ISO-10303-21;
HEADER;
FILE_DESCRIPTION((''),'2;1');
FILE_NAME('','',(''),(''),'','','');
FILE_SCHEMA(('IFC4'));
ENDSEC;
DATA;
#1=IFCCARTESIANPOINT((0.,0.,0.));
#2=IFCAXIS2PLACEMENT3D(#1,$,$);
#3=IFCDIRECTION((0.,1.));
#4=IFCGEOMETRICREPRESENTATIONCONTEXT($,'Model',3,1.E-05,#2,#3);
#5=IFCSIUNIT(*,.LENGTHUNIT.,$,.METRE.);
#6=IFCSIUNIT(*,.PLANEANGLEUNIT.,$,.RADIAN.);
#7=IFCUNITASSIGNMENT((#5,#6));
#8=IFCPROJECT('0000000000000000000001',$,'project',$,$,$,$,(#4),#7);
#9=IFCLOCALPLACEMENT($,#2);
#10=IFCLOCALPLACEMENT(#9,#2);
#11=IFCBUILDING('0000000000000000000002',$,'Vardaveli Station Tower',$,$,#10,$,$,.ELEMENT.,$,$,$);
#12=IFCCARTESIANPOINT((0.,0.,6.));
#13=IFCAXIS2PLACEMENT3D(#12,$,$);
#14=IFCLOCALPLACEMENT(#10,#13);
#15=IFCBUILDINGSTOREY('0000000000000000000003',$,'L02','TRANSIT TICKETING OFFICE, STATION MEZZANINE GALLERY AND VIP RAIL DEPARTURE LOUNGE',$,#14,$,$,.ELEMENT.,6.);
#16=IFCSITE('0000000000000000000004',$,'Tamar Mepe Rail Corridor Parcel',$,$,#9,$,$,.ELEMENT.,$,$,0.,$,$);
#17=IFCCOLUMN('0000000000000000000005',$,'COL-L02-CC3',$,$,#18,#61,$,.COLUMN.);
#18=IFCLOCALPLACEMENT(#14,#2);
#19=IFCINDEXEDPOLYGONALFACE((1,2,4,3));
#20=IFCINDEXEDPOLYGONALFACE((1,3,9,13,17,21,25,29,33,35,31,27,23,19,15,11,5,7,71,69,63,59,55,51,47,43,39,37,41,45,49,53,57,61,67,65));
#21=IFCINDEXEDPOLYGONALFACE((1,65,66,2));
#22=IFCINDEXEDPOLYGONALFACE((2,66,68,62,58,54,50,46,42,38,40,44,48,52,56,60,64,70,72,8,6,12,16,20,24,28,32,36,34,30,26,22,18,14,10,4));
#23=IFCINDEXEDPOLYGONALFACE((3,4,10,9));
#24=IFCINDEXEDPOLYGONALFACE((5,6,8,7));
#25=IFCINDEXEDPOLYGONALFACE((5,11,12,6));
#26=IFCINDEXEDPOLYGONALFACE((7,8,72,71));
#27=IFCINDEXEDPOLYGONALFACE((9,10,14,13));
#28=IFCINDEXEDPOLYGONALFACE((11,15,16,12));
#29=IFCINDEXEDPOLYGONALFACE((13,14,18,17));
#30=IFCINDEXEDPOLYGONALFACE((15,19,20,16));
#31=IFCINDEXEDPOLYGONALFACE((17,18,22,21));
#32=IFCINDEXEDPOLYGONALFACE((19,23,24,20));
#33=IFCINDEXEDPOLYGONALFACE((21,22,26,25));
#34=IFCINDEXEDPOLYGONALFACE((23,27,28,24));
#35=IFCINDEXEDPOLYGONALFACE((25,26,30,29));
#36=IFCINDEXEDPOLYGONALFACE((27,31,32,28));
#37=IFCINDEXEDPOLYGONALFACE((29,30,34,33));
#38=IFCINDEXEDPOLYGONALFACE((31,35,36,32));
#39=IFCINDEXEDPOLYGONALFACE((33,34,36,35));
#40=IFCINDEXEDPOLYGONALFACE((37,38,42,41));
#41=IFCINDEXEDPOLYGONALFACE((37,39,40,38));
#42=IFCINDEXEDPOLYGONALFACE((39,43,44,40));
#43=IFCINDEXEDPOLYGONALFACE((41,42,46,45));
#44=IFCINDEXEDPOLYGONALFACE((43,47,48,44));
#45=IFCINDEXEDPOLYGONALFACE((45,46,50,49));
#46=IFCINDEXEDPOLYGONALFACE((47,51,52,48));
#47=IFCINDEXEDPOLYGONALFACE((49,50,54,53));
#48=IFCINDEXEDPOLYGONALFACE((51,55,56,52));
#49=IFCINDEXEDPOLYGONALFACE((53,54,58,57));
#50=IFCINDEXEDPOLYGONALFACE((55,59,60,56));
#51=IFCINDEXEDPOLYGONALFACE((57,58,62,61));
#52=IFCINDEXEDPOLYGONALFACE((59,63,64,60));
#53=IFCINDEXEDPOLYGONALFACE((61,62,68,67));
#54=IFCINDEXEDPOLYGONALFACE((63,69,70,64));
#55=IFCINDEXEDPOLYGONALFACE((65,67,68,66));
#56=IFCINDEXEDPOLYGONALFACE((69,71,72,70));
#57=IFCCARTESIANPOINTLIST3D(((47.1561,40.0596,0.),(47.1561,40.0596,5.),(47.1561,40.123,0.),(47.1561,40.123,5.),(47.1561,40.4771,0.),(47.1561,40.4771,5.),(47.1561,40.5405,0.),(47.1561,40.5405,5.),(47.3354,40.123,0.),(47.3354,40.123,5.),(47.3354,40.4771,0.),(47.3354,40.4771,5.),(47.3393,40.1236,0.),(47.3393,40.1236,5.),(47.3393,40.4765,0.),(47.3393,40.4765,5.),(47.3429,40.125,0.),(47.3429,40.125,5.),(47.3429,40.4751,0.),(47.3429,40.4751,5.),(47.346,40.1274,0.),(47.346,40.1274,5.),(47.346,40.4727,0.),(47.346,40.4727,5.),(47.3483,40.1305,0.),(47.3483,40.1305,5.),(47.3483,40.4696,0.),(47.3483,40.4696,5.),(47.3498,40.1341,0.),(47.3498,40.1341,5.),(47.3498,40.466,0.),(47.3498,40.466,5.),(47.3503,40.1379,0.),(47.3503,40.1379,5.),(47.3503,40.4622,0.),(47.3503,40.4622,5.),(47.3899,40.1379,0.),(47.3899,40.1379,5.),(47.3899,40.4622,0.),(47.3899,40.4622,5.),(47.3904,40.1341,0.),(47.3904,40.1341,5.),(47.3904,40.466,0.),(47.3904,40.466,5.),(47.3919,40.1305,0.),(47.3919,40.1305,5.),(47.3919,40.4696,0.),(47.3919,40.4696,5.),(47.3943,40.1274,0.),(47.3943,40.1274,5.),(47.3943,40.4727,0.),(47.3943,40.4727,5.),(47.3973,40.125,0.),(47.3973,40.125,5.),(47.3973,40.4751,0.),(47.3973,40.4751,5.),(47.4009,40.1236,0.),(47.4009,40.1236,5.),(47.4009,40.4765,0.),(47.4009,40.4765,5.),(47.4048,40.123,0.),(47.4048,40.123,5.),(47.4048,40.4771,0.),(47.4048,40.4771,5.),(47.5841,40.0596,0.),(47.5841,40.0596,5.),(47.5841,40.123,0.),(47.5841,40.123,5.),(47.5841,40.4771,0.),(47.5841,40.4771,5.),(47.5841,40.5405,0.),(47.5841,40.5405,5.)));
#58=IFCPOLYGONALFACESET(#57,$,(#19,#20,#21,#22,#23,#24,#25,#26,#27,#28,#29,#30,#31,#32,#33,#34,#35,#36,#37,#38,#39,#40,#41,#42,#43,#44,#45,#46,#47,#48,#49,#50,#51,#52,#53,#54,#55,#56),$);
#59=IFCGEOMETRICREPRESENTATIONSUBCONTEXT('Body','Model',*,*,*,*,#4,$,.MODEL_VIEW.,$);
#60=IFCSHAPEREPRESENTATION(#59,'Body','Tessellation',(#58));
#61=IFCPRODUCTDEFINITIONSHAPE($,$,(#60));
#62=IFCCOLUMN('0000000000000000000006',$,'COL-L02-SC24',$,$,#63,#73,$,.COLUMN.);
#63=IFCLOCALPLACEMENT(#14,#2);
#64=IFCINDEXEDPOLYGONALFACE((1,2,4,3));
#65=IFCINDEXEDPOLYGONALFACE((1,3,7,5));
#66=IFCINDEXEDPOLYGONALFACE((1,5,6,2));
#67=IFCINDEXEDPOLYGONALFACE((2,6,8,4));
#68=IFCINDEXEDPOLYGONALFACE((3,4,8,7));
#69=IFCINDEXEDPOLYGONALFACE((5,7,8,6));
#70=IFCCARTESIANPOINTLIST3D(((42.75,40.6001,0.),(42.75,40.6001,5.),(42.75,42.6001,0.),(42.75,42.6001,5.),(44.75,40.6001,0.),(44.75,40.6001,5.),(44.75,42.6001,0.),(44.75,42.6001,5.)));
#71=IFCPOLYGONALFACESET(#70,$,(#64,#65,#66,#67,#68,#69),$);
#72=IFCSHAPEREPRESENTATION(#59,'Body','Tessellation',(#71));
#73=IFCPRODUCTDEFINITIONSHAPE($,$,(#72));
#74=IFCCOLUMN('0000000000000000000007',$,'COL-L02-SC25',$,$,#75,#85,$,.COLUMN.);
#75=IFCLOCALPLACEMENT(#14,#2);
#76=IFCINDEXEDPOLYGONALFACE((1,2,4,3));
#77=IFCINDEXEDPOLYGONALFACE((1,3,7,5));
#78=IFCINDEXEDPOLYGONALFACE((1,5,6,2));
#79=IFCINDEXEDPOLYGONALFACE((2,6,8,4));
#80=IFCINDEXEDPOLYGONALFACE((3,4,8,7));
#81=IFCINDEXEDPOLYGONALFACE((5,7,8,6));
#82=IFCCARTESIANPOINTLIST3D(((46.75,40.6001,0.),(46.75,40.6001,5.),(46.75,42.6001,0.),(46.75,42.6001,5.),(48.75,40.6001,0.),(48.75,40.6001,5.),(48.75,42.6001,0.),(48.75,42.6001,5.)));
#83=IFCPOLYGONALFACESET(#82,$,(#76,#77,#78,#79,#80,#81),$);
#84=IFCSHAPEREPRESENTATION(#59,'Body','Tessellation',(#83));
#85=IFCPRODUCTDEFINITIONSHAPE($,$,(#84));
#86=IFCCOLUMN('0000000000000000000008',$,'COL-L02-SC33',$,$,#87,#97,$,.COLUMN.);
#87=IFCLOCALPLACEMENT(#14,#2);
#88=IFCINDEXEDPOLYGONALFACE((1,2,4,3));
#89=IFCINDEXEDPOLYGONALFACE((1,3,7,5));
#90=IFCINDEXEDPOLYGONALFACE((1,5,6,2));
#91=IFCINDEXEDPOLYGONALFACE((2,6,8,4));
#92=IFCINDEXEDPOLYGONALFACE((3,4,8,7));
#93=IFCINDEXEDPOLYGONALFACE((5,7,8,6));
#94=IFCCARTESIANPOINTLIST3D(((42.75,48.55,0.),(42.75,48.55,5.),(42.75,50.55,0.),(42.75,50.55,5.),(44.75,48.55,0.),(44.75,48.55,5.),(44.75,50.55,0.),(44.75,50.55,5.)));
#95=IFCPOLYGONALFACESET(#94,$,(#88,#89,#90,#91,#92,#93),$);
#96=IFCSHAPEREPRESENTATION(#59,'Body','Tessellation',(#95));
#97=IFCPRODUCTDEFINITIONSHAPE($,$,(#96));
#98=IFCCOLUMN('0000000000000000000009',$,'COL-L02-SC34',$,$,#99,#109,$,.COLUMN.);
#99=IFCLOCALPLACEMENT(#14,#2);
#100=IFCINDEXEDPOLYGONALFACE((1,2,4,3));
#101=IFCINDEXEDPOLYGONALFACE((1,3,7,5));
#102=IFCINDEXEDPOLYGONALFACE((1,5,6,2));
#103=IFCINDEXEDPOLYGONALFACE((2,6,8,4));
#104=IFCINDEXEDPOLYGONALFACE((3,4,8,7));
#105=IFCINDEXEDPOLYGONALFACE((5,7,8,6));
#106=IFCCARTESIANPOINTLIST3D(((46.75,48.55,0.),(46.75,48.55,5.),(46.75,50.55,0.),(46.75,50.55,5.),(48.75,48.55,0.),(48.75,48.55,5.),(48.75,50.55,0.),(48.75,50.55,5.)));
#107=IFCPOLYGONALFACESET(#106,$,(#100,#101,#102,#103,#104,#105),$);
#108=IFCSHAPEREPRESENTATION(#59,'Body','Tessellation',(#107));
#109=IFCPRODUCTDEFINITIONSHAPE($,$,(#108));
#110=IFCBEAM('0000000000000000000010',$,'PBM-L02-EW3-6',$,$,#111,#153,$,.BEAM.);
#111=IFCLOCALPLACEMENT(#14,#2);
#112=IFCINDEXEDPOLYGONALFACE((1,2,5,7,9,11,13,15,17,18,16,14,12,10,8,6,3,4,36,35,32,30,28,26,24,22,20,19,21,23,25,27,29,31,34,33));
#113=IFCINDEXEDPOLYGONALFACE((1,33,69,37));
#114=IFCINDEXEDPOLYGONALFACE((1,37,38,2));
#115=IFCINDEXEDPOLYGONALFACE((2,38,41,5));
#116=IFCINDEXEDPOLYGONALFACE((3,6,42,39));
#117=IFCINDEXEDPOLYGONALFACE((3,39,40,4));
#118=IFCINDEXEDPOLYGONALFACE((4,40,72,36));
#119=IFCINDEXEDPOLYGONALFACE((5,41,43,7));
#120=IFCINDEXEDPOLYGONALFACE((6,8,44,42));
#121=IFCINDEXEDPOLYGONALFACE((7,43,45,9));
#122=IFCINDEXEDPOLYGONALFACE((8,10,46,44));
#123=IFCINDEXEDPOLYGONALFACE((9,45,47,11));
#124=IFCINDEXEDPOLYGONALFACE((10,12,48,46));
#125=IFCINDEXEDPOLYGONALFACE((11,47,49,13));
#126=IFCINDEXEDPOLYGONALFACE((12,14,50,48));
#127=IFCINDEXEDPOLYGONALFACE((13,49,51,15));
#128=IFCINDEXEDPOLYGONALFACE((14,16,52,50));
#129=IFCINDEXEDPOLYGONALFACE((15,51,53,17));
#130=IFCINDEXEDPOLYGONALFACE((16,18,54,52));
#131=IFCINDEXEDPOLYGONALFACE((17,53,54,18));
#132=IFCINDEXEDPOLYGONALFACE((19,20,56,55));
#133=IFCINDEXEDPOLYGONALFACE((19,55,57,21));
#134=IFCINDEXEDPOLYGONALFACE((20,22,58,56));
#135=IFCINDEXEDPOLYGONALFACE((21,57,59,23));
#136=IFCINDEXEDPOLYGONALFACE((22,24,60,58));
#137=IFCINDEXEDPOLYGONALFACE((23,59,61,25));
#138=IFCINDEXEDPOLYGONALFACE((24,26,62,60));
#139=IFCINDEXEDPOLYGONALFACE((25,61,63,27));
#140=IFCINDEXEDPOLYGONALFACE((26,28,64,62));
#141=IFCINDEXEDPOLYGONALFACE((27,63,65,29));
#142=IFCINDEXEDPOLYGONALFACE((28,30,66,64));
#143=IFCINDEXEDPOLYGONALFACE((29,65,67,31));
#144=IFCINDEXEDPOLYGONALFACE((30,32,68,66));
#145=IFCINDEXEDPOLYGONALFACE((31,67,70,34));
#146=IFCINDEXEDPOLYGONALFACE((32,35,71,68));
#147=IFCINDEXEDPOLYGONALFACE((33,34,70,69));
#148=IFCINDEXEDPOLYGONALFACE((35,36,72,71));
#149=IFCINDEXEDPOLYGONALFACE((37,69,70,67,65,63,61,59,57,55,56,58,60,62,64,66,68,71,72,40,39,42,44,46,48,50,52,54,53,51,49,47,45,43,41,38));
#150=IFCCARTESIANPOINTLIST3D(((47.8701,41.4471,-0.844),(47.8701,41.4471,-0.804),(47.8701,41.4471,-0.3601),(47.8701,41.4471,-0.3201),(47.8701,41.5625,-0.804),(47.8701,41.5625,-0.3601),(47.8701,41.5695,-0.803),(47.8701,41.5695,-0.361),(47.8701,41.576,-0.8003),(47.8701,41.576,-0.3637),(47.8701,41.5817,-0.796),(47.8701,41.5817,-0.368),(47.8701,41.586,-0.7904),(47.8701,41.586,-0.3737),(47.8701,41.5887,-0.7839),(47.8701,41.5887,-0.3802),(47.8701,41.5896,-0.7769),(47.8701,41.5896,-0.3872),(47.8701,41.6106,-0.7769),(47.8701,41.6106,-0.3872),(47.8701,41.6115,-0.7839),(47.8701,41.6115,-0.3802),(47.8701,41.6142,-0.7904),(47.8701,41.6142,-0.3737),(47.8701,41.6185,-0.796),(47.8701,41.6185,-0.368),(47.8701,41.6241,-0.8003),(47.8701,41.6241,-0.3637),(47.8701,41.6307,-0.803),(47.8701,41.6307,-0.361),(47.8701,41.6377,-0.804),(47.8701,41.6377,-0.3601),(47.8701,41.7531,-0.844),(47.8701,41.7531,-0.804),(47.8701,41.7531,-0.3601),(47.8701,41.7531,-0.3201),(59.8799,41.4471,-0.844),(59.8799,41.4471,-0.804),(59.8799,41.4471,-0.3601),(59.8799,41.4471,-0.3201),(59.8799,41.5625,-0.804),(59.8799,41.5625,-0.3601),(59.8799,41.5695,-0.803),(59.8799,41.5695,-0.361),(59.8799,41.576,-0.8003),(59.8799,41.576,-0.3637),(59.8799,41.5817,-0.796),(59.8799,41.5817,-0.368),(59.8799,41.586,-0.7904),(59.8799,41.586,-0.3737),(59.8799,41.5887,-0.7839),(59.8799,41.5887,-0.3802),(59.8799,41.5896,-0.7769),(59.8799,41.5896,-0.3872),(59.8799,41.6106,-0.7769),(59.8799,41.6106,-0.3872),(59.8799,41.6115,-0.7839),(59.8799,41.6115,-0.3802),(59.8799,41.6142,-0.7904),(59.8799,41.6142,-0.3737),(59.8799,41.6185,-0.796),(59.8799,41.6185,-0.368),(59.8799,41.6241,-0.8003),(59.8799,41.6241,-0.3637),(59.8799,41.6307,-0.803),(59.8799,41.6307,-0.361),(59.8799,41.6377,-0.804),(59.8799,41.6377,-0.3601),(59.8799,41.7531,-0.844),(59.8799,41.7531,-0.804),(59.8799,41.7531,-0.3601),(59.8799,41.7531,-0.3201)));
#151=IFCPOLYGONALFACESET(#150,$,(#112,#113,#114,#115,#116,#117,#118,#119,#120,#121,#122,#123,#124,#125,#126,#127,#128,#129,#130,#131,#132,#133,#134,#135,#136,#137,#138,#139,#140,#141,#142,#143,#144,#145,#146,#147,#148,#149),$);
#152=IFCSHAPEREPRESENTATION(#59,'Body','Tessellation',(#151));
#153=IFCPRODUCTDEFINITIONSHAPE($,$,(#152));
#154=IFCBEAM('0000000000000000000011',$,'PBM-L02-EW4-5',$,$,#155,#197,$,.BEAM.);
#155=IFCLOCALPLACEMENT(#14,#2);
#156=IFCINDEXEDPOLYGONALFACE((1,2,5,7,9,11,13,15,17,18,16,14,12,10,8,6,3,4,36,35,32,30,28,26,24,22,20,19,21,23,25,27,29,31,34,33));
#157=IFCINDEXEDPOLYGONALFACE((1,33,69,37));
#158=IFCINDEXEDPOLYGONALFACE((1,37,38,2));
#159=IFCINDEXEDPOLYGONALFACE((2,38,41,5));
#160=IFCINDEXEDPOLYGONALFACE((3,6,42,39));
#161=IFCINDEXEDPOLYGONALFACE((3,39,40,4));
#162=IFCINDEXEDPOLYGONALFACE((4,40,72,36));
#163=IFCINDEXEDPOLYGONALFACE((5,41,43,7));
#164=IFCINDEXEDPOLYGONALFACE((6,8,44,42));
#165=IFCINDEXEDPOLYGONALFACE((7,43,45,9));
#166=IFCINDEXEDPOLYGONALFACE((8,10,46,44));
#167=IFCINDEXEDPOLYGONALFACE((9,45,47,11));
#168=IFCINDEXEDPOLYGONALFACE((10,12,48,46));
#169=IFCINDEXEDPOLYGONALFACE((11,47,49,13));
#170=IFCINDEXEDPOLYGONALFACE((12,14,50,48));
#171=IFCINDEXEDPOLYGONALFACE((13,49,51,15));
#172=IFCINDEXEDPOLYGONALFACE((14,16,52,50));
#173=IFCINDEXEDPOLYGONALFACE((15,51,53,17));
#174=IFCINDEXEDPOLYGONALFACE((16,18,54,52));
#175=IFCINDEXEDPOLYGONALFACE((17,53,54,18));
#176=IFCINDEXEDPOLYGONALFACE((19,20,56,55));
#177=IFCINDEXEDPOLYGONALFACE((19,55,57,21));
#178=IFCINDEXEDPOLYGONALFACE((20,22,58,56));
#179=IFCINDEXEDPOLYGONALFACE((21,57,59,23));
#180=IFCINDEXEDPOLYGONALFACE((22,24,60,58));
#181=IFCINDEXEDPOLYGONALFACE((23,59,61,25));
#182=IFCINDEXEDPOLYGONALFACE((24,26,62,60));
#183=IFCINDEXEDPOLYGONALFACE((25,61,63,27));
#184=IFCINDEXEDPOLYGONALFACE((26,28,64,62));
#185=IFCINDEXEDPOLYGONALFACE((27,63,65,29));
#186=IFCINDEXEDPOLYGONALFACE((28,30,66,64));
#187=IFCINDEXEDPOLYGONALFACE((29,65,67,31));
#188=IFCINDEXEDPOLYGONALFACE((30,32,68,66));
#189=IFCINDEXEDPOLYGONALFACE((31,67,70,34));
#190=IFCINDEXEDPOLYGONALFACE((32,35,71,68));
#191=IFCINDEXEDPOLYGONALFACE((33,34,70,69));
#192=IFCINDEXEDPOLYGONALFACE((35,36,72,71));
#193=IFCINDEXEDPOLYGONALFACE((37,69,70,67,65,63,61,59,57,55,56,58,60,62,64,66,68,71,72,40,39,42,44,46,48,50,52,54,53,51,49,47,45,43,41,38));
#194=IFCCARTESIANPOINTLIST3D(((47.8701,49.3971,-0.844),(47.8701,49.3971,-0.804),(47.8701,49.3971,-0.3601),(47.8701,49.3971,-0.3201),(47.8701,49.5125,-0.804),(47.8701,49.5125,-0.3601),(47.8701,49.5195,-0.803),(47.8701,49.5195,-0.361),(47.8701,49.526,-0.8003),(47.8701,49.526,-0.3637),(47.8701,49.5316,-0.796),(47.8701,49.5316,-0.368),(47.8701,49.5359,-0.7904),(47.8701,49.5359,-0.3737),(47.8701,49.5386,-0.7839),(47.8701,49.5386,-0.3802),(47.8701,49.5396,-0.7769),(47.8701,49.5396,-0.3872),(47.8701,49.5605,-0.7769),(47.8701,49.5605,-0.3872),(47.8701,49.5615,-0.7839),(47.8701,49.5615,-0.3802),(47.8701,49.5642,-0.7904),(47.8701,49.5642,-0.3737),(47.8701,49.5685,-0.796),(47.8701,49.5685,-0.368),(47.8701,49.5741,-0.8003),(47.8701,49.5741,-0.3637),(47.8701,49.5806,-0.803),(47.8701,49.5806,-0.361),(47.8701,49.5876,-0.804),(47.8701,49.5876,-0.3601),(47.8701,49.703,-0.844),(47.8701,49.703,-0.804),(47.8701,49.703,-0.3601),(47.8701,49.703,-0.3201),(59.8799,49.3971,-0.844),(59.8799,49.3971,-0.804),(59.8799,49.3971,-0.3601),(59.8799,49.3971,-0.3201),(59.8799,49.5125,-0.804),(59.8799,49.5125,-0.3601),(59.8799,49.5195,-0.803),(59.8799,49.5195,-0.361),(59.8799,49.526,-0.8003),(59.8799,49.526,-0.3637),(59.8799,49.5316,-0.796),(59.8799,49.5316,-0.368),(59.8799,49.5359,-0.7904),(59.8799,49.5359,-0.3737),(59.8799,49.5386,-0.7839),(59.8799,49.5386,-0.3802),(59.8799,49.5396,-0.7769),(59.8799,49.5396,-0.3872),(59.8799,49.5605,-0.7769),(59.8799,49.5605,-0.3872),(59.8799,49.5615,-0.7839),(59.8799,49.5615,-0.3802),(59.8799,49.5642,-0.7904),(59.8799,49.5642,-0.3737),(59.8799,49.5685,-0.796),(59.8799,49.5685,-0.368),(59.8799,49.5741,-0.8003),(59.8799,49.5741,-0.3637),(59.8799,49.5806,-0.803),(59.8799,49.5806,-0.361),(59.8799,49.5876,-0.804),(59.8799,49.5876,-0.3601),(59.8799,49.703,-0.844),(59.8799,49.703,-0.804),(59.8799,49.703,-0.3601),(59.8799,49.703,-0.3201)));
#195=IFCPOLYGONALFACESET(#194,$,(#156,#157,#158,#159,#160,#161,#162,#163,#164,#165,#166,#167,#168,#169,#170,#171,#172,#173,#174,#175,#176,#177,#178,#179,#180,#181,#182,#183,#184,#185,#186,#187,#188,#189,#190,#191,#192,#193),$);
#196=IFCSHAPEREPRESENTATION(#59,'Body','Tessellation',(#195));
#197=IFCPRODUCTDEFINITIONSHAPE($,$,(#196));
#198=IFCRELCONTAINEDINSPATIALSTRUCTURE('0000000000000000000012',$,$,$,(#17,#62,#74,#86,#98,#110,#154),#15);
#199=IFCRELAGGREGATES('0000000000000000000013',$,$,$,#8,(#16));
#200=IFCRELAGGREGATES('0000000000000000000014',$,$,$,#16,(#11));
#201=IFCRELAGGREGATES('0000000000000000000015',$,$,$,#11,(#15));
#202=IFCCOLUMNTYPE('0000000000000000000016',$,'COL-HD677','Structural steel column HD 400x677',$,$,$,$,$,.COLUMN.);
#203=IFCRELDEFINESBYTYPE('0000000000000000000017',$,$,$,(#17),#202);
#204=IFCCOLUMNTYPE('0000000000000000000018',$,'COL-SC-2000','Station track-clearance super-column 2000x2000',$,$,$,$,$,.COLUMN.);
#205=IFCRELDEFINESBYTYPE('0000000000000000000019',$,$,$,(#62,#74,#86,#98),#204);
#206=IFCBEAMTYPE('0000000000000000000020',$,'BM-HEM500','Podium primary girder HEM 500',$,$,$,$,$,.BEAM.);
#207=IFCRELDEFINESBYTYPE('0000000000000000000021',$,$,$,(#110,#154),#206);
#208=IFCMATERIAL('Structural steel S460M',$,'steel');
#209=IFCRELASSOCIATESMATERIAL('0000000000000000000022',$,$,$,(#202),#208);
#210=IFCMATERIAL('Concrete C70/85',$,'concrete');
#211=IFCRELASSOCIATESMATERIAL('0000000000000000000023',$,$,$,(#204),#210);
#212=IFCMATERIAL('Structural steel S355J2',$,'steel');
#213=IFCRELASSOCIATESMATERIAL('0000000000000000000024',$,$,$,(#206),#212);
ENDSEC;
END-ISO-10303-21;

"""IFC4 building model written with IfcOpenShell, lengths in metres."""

from ifc_helpers import new_model, si_unit, direction, frame, origin, origin_2d, place, context, subcontext, project, spatial, rectangle, i_section, extrude, source, transform, mapped, material, material_profile, profile_set, type_object, element, save


model = new_model("IFC4")

# Units and contexts
model_context = context("Model", 3, precision=1e-05, world=origin(), true_north=direction((0.0, 1.0)))
body_context = subcontext(model_context, "Body", "Model", "MODEL_VIEW")
ifc_project = project(units=[si_unit("LENGTHUNIT", "METRE"), si_unit("PLANEANGLEUNIT", "RADIAN")], contexts=[model_context])

# Site, building, storey
site_placement = place(None, origin())
site = spatial("IfcSite", under=ifc_project, at=site_placement, Name="Tamar Mepe Rail Corridor Parcel", CompositionType="ELEMENT", RefElevation=0.0)
building_placement = place(site_placement, origin())
building = spatial("IfcBuilding", under=site, at=building_placement, Name="Vardaveli Station Tower", CompositionType="ELEMENT")
storey_placement = place(building_placement, frame((0.0, 0.0, 6.0)))
storey = spatial("IfcBuildingStorey", under=building, at=storey_placement, Name="L02", Description="TRANSIT TICKETING OFFICE, STATION MEZZANINE GALLERY AND VIP RAIL DEPARTURE LOUNGE", CompositionType="ELEMENT", Elevation=6.0)

# Columns
ifc_material_1 = material(Name="Structural steel S460M", Category="steel")
ifc_material_profile_1 = material_profile(ifc_material_1, i_section(OverallWidth=0.428, OverallDepth=0.481, WebThickness=0.0396, FlangeThickness=0.0635, FilletRadius=0.0149, at=origin_2d()), Name="HD 400x677")
ifc_profile_set_1 = profile_set([ifc_material_profile_1], Name="Structural steel S460M")
column_type_1 = type_object("IfcColumnType", Name="COL-HD677", Description="Structural steel column HD 400x677", PredefinedType="COLUMN", material=ifc_profile_set_1)
shared_shape_1 = source(origin(), body_context, "Body", "SweptSolid", [
    extrude(i_section(OverallWidth=0.428, OverallDepth=0.481, WebThickness=0.0396, FlangeThickness=0.0635, FilletRadius=0.0149, at=origin_2d()), origin(), (0.0, 0.0, 1.0), 5.0),
])
column_placement = place(storey_placement, frame((47.3701, 40.3, 0.0), z_axis=(0.0, 0.0, 1.0), x_axis=(1.0, 0.0, 0.0)))
element("IfcColumn", 1, at=column_placement, inside=storey, type_object=column_type_1, Name="COL-L02-CC3", PredefinedType="COLUMN", context=body_context, shape_type="MappedRepresentation", body=[
    mapped(shared_shape_1, transform((0.0, 0.0, 0.0), scale=1.0)),
])
ifc_material_2 = material(Name="Concrete C70/85", Category="concrete")
ifc_material_profile_2 = material_profile(ifc_material_2, rectangle(XDim=2.0, YDim=2.0, at=origin_2d()), Name="SC 2000x2000")
ifc_profile_set_2 = profile_set([ifc_material_profile_2], Name="Concrete C70/85")
column_type_2 = type_object("IfcColumnType", Name="COL-SC-2000", Description="Station track-clearance super-column 2000x2000", PredefinedType="COLUMN", material=ifc_profile_set_2)
shared_shape_2 = source(origin(), body_context, "Body", "SweptSolid", [
    extrude(rectangle(XDim=2.0, YDim=2.0, at=origin_2d()), origin(), (0.0, 0.0, 1.0), 5.0),
])
for number, where, z_axis, x_axis, name in (
    (2, (43.75, 41.6001, 0.0), (0.0, 0.0, 1.0), (1.0, 0.0, 0.0), "COL-L02-SC24"),
    (3, (47.75, 41.6001, 0.0), (0.0, 0.0, 1.0), (1.0, 0.0, 0.0), "COL-L02-SC25"),
    (4, (43.75, 49.55, 0.0), (0.0, 0.0, 1.0), (1.0, 0.0, 0.0), "COL-L02-SC33"),
    (5, (47.75, 49.55, 0.0), (0.0, 0.0, 1.0), (1.0, 0.0, 0.0), "COL-L02-SC34"),
):
    element("IfcColumn", number, at=place(storey_placement, frame(where, z_axis=z_axis, x_axis=x_axis)), inside=storey, type_object=column_type_2, Name=name, PredefinedType="COLUMN", context=body_context, shape_type="MappedRepresentation", body=[
        mapped(shared_shape_2, transform((0.0, 0.0, 0.0), scale=1.0)),
    ])

# Beams
ifc_material_3 = material(Name="Structural steel S355J2", Category="steel")
ifc_material_profile_3 = material_profile(ifc_material_3, i_section(OverallWidth=0.3059, OverallDepth=0.5239, WebThickness=0.021, FlangeThickness=0.04, FilletRadius=0.0271, at=origin_2d()), Name="HEM 500")
ifc_profile_set_3 = profile_set([ifc_material_profile_3], Name="Structural steel S355J2")
beam_type_1 = type_object("IfcBeamType", Name="BM-HEM500", Description="Podium primary girder HEM 500", PredefinedType="BEAM", material=ifc_profile_set_3)
shared_shape_3 = source(origin(), body_context, "Body", "SweptSolid", [
    extrude(i_section(OverallWidth=0.3059, OverallDepth=0.5239, WebThickness=0.021, FlangeThickness=0.04, FilletRadius=0.0271, at=origin_2d()), origin(), (0.0, 0.0, 1.0), 12.0098),
])
for number, where, z_axis, x_axis, name in (
    (6, (47.8701, 41.6001, -0.582), (1.0, 0.0, 0.0), (0.0, 1.0, 0.0), "PBM-L02-EW3-6"),
    (7, (47.8701, 49.55, -0.582), (1.0, 0.0, 0.0), (0.0, 1.0, 0.0), "PBM-L02-EW4-5"),
):
    element("IfcBeam", number, at=place(storey_placement, frame(where, z_axis=z_axis, x_axis=x_axis)), inside=storey, type_object=beam_type_1, Name=name, PredefinedType="BEAM", context=body_context, shape_type="MappedRepresentation", body=[
        mapped(shared_shape_3, transform((0.0, 0.0, 0.0), scale=1.0)),
    ])

save(model, "model.ifc")
